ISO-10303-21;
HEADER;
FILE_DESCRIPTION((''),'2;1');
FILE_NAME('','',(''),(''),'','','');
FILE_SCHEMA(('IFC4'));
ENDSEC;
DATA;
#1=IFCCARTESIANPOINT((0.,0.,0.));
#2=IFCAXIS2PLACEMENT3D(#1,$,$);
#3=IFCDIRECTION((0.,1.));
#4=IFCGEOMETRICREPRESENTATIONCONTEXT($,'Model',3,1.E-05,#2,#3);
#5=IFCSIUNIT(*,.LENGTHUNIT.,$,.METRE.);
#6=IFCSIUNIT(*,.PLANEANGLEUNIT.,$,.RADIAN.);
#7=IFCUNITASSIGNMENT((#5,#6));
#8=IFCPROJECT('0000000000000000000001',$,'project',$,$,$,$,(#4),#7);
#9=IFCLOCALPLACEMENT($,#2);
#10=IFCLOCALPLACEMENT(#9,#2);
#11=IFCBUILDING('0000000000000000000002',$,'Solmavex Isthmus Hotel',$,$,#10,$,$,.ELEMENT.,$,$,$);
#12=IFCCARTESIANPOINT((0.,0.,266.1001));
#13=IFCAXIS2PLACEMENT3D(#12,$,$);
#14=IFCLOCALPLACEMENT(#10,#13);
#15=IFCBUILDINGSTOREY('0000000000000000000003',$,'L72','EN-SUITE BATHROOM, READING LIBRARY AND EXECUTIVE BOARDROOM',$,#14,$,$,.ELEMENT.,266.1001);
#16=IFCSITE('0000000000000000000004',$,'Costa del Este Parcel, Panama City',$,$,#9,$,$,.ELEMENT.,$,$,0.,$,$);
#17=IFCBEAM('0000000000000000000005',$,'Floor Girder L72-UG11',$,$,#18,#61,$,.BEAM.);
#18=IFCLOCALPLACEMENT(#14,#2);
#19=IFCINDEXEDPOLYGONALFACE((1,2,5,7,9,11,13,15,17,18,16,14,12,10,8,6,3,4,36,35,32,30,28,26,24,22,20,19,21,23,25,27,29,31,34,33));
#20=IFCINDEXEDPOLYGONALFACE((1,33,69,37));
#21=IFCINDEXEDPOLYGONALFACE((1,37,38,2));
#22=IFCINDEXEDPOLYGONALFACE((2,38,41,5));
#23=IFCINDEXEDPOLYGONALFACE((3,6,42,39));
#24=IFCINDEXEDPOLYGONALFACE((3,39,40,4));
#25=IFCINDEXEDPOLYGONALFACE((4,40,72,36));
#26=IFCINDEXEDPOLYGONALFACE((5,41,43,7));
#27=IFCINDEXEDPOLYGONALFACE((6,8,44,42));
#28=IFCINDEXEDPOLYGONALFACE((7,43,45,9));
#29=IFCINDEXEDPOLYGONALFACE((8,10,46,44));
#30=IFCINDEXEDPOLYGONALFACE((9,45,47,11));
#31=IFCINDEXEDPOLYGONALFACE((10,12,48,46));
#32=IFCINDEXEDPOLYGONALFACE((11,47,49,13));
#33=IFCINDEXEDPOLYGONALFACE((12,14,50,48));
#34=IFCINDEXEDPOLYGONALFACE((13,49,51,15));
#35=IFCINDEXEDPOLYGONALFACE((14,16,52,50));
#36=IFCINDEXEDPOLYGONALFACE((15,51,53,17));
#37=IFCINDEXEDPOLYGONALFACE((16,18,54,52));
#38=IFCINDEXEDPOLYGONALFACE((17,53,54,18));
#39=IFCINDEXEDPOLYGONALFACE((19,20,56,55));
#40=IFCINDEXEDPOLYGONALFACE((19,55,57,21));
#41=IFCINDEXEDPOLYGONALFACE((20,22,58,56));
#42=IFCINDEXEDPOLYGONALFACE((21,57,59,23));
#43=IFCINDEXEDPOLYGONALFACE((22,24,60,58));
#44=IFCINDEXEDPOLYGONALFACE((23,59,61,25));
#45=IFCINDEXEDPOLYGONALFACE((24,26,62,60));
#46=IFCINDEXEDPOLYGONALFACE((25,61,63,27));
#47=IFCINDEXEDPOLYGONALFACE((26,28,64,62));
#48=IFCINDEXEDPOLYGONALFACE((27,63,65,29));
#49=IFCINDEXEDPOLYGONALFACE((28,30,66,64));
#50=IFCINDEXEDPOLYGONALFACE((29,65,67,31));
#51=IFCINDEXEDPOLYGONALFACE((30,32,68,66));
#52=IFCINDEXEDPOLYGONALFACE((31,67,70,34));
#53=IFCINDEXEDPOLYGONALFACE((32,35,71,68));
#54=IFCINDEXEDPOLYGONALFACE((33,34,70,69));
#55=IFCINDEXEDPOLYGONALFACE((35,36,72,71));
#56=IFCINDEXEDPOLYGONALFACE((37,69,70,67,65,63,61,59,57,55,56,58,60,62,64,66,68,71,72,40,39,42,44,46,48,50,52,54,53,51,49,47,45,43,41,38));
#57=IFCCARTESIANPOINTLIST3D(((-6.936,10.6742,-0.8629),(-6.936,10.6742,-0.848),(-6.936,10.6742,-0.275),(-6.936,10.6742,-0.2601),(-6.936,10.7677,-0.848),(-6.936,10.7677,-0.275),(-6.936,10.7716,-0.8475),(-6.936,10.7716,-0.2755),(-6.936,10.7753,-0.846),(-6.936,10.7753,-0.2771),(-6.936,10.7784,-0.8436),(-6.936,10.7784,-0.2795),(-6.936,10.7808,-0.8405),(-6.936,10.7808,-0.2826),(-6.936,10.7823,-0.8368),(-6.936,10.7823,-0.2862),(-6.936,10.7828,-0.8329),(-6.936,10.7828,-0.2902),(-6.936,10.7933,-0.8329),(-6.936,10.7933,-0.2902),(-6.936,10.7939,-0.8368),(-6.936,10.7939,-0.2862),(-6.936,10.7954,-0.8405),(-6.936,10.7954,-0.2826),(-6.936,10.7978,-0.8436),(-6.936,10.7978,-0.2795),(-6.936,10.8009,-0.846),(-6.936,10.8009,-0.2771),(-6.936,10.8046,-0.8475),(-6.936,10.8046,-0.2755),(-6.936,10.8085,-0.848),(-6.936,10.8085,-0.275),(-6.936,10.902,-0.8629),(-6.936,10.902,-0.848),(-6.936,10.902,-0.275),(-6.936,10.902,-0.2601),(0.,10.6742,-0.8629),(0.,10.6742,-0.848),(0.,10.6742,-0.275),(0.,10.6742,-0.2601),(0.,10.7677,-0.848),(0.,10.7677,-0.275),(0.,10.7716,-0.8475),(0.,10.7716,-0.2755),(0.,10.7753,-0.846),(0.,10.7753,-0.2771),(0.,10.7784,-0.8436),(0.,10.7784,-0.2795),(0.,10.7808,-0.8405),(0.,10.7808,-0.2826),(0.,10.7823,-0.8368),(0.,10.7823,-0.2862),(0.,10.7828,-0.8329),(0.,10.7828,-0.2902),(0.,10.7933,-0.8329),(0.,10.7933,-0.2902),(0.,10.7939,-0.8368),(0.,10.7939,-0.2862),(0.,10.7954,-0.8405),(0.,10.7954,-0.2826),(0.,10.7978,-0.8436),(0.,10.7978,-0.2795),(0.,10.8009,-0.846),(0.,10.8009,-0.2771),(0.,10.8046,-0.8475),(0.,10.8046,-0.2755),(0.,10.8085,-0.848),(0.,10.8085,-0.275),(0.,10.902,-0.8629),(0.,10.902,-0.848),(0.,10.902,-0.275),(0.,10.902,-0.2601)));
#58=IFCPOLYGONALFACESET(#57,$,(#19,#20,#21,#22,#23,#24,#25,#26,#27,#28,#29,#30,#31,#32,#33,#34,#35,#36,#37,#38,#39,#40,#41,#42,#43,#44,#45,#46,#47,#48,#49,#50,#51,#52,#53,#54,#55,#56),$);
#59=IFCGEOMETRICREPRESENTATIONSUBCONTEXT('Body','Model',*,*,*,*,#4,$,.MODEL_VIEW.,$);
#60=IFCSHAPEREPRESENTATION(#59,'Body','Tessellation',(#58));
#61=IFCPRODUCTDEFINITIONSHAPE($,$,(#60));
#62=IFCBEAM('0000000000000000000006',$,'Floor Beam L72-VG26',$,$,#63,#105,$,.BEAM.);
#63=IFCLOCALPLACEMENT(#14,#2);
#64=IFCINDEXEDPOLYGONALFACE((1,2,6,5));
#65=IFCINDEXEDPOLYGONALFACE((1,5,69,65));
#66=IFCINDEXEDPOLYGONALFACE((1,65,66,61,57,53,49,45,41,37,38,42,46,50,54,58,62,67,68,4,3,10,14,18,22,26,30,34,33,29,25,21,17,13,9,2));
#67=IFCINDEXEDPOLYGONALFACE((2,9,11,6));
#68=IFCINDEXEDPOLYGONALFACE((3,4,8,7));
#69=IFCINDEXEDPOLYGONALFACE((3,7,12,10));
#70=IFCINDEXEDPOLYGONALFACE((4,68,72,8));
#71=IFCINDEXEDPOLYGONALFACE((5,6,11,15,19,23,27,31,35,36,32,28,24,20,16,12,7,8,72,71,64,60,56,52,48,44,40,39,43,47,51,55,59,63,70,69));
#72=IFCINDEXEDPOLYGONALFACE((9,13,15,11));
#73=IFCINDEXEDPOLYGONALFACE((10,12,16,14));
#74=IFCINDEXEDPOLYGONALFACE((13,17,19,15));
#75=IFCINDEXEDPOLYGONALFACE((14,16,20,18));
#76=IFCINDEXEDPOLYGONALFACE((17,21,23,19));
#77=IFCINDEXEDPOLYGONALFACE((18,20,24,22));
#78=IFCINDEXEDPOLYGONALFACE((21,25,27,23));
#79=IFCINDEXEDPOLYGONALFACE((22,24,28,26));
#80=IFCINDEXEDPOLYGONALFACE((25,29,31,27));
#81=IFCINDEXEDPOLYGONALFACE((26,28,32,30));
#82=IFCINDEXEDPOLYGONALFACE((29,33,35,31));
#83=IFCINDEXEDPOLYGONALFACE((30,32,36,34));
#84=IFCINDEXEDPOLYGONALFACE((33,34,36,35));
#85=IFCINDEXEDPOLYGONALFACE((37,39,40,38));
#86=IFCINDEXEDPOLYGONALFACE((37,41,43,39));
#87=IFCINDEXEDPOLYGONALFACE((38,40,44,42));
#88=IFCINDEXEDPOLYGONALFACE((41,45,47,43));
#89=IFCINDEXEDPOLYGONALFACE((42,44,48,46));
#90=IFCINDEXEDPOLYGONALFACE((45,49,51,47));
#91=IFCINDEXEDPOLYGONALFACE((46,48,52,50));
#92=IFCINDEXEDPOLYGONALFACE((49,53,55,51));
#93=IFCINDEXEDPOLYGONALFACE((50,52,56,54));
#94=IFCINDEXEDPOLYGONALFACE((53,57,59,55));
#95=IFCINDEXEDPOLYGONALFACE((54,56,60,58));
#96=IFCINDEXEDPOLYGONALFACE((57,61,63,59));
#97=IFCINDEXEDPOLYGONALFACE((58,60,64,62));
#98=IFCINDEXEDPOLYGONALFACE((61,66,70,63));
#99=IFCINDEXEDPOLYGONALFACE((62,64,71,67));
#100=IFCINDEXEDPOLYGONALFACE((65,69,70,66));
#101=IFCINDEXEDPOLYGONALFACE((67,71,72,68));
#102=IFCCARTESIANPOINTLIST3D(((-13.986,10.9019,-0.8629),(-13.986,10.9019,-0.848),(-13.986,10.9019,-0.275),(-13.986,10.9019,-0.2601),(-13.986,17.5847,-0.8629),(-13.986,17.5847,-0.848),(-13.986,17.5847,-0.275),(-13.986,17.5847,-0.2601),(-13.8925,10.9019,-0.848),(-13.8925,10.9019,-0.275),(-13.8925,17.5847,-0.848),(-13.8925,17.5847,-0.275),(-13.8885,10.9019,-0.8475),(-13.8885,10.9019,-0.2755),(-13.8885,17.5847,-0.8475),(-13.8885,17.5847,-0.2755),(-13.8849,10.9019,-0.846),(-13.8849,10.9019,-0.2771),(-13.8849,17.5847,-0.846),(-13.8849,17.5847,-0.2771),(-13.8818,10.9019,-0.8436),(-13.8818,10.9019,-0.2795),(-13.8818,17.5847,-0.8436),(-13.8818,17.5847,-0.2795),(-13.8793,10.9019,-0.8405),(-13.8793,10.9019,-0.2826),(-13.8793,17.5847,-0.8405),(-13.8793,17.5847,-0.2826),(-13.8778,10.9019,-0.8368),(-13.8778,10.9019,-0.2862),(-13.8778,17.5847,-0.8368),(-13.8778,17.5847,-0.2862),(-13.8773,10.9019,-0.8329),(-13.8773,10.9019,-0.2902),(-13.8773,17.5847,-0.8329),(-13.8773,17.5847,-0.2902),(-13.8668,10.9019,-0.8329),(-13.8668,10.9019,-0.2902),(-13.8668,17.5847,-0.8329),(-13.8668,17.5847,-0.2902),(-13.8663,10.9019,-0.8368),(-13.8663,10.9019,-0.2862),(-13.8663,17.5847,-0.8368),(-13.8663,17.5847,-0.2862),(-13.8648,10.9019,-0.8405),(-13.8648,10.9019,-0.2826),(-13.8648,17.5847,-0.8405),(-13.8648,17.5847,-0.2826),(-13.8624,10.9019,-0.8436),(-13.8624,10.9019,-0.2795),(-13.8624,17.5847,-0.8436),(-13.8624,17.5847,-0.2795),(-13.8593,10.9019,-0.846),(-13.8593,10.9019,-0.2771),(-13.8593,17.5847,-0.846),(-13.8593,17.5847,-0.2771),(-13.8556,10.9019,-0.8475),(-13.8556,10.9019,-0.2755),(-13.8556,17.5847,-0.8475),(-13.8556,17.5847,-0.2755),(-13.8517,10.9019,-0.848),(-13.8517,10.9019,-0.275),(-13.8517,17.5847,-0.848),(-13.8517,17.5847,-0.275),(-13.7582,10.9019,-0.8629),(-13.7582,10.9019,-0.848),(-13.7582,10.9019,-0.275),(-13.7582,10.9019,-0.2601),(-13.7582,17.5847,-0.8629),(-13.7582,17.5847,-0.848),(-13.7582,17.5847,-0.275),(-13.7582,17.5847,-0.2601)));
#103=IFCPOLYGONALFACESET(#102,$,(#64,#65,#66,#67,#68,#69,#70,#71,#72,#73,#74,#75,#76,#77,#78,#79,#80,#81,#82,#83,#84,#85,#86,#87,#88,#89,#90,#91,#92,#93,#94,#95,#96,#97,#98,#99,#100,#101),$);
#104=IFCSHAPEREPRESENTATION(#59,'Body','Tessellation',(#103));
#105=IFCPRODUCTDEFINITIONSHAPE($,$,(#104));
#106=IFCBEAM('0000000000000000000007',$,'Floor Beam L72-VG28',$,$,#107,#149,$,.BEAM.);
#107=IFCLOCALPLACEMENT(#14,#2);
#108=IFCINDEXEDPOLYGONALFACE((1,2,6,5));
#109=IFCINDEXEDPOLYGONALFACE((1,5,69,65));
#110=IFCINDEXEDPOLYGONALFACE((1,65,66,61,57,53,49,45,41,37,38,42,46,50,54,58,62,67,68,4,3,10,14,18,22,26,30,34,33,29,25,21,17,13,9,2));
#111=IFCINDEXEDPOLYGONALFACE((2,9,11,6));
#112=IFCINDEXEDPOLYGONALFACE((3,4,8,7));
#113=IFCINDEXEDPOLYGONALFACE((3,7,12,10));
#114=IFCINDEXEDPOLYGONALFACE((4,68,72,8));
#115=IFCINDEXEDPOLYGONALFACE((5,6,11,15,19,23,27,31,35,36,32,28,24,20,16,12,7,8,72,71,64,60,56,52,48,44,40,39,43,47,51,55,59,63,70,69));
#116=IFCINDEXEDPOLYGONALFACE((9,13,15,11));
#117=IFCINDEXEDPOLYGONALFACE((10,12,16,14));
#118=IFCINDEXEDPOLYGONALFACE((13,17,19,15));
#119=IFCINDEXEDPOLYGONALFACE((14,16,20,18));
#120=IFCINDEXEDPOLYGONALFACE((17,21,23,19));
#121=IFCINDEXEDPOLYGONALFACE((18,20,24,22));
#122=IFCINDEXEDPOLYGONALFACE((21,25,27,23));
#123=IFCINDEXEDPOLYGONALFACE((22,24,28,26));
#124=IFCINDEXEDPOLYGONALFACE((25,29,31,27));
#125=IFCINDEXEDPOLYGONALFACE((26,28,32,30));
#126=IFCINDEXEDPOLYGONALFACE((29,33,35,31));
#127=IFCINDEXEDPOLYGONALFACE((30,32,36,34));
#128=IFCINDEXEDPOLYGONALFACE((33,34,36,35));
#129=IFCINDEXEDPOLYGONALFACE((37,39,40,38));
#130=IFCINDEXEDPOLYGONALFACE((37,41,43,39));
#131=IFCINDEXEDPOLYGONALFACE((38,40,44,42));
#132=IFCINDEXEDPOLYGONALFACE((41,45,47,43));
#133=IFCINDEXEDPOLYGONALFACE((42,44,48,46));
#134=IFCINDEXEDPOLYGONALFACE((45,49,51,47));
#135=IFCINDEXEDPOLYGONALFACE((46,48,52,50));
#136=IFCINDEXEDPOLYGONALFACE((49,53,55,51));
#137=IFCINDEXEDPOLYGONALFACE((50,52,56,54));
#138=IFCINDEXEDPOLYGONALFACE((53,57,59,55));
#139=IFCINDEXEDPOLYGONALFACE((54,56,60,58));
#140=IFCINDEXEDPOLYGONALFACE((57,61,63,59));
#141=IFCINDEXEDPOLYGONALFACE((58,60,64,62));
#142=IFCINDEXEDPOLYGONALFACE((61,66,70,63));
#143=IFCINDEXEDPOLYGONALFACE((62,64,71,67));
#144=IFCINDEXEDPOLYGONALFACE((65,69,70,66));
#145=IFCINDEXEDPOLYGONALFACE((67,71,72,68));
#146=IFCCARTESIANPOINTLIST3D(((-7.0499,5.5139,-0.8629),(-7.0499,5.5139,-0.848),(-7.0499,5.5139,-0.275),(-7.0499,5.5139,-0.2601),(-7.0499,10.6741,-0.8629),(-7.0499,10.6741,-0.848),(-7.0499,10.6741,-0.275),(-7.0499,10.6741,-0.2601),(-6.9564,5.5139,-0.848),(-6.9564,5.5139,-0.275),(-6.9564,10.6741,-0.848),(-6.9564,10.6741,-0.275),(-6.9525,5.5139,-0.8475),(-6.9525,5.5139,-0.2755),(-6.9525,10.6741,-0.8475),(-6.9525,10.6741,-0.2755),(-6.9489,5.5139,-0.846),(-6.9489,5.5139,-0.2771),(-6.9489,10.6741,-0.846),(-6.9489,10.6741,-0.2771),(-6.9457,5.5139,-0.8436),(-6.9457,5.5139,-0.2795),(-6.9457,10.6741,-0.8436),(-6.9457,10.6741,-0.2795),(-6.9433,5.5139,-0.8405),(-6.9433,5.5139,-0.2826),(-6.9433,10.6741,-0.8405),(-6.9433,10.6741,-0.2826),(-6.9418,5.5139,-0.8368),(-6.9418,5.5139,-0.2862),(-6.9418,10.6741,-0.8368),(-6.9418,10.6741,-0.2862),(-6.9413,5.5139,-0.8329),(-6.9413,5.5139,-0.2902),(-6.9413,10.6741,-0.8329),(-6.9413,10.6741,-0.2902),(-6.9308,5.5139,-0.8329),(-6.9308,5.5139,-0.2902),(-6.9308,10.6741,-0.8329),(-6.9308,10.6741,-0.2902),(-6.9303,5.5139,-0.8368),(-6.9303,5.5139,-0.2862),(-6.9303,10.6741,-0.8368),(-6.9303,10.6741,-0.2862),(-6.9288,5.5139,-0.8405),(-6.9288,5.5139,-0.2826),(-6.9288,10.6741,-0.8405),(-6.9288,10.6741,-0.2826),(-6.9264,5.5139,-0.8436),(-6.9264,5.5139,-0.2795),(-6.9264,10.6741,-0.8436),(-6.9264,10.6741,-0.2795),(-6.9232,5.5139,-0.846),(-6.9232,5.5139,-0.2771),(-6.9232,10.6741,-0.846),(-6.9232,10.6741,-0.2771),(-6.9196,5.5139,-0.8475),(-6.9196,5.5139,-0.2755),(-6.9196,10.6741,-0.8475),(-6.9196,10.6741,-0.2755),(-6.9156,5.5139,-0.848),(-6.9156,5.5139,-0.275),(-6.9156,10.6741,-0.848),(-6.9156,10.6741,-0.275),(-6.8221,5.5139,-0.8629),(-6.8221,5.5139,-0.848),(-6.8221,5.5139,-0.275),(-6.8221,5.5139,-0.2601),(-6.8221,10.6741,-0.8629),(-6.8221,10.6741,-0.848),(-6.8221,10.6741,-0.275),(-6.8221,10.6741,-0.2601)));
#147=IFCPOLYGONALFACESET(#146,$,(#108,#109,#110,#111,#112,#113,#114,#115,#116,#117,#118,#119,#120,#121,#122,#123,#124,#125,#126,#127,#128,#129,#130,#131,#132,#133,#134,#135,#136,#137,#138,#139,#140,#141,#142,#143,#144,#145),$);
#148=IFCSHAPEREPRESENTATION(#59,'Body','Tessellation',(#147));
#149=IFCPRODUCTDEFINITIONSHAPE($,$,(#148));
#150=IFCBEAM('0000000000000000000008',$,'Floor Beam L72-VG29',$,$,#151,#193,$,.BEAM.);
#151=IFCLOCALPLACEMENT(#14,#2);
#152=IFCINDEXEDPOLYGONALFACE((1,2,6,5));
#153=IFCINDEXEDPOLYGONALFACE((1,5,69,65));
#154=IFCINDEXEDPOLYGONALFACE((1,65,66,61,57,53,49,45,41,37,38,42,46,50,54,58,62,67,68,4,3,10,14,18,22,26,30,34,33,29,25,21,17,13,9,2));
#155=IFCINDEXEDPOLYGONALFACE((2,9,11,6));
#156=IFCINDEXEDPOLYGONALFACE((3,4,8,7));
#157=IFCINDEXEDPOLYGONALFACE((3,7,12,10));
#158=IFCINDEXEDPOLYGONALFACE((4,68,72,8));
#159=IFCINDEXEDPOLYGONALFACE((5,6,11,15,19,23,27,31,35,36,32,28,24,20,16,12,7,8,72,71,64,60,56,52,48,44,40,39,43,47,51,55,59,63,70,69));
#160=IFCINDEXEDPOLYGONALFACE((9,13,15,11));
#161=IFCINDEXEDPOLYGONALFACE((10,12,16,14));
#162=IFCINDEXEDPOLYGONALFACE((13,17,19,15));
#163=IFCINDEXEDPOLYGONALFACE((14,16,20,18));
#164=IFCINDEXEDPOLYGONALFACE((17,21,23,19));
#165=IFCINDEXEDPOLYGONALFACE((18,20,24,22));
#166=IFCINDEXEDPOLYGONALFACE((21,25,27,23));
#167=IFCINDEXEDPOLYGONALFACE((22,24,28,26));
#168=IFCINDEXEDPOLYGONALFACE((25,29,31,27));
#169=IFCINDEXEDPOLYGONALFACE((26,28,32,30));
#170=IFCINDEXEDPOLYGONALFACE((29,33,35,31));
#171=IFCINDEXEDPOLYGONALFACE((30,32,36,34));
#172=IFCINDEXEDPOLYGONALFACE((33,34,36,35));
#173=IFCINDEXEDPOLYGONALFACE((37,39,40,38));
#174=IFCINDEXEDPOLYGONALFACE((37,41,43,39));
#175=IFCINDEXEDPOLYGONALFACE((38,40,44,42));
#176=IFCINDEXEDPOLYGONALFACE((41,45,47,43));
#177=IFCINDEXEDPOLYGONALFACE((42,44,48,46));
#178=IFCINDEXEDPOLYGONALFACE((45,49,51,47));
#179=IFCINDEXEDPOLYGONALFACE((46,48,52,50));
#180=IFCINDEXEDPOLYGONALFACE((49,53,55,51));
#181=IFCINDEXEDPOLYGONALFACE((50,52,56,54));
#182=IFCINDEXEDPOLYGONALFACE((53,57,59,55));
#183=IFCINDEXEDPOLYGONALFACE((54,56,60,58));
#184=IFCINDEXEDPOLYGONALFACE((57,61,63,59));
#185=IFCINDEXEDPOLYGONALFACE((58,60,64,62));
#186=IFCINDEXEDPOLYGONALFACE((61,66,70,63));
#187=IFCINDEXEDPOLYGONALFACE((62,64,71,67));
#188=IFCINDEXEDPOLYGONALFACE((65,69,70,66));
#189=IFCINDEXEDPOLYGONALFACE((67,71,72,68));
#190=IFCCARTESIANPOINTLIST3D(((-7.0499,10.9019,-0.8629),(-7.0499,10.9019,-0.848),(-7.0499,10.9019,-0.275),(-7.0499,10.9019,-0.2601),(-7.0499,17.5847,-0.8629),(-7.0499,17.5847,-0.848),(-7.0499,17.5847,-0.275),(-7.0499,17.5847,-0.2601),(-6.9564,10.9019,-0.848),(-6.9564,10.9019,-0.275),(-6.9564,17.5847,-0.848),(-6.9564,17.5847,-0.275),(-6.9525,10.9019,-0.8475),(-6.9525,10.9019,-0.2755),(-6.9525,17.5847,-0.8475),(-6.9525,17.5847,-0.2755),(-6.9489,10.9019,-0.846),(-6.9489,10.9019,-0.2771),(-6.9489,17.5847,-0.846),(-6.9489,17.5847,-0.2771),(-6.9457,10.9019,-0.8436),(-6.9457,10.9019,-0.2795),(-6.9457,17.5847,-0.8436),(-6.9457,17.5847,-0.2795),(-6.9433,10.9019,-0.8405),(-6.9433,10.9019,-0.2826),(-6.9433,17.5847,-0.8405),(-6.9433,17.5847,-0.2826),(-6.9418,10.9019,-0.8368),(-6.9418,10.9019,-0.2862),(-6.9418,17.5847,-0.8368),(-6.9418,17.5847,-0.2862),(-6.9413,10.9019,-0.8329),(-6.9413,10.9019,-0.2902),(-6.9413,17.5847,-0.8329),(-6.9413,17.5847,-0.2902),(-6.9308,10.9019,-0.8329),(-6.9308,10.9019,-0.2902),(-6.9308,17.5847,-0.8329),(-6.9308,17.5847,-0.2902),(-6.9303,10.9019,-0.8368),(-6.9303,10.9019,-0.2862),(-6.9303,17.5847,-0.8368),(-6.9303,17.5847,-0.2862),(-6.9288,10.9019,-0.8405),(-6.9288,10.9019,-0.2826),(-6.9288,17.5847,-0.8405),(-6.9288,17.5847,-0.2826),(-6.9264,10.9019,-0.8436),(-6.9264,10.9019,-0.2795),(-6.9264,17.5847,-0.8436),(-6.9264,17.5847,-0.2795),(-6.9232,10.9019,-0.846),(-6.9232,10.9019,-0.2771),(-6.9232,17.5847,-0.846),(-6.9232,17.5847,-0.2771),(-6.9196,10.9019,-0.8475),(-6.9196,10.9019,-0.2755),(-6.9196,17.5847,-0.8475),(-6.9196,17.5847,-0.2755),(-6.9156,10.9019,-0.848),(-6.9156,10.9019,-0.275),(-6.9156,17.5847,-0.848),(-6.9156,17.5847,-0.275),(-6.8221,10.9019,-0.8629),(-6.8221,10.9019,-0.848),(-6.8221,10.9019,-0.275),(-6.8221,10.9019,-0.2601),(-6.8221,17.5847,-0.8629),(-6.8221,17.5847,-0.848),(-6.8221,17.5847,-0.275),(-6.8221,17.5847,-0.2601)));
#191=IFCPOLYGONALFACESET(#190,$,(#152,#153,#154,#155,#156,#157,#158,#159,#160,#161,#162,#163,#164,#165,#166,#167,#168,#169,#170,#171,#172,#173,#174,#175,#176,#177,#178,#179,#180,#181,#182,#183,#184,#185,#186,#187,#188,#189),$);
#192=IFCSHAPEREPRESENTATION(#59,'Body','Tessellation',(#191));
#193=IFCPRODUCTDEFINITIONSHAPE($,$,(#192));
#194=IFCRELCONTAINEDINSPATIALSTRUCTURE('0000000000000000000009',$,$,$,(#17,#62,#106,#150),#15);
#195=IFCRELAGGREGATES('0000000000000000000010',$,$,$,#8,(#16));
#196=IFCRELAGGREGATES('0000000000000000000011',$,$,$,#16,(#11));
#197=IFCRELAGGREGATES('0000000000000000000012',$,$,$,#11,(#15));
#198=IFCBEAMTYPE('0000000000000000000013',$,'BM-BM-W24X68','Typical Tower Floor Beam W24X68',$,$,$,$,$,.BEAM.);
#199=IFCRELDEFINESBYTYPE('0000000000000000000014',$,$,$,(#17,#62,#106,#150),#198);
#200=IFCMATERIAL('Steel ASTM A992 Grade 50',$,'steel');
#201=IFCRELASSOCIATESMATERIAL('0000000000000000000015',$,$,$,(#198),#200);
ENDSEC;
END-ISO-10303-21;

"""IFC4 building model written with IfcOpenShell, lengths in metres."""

from ifc_helpers import new_model, si_unit, direction, frame, origin, origin_2d, place, context, subcontext, project, spatial, i_section, extrude, material, material_profile, profile_set, type_object, element, save


model = new_model("IFC4")

# Units and contexts
model_context = context("Model", 3, precision=1e-05, world=origin(), true_north=direction((0.0, 1.0)))
body_context = subcontext(model_context, "Body", "Model", "MODEL_VIEW")
ifc_project = project(units=[si_unit("LENGTHUNIT", "METRE"), si_unit("PLANEANGLEUNIT", "RADIAN")], contexts=[model_context])

# Site, building, storey
site_placement = place(None, origin())
site = spatial("IfcSite", under=ifc_project, at=site_placement, Name="Costa del Este Parcel, Panama City", CompositionType="ELEMENT", RefElevation=0.0)
building_placement = place(site_placement, origin())
building = spatial("IfcBuilding", under=site, at=building_placement, Name="Solmavex Isthmus Hotel", CompositionType="ELEMENT")
storey_placement = place(building_placement, frame((0.0, 0.0, 266.1001)))
storey = spatial("IfcBuildingStorey", under=building, at=storey_placement, Name="L72", Description="EN-SUITE BATHROOM, READING LIBRARY AND EXECUTIVE BOARDROOM", CompositionType="ELEMENT", Elevation=266.1001)

# Beams
ifc_material_1 = material(Name="Steel ASTM A992 Grade 50", Category="steel")
ifc_material_profile_1 = material_profile(ifc_material_1, i_section(OverallWidth=0.2278, OverallDepth=0.6028, WebThickness=0.0105, FlangeThickness=0.0149, FilletRadius=0.0151, at=origin_2d()), Name="W24X68")
ifc_profile_set_1 = profile_set([ifc_material_profile_1], Name="Steel ASTM A992 Grade 50")
beam_type_1 = type_object("IfcBeamType", Name="BM-BM-W24X68", Description="Typical Tower Floor Beam W24X68", PredefinedType="BEAM", material=ifc_profile_set_1)
beam_1_placement = place(storey_placement, frame((-6.936, 10.7881, -0.5615), z_axis=(1.0, 0.0, 0.0), x_axis=(0.0, 1.0, 0.0)))
element("IfcBeam", 1, at=beam_1_placement, inside=storey, type_object=beam_type_1, Name="Floor Girder L72-UG11", PredefinedType="BEAM", context=body_context, shape_type="SweptSolid", body=[
    extrude(i_section(OverallWidth=0.2278, OverallDepth=0.6028, WebThickness=0.0105, FlangeThickness=0.0149, FilletRadius=0.0151, at=origin_2d()), origin(), (0.0, 0.0, 1.0), 6.936),
])
beam_2_placement = place(storey_placement, frame((-13.8721, 10.9019, -0.5615), z_axis=(0.0, 1.0, 0.0), x_axis=(-1.0, 0.0, 0.0)))
element("IfcBeam", 2, at=beam_2_placement, inside=storey, type_object=beam_type_1, Name="Floor Beam L72-VG26", PredefinedType="BEAM", context=body_context, shape_type="SweptSolid", body=[
    extrude(i_section(OverallWidth=0.2278, OverallDepth=0.6028, WebThickness=0.0105, FlangeThickness=0.0149, FilletRadius=0.0151, at=origin_2d()), origin(), (0.0, 0.0, 1.0), 6.6829),
])
beam_3_placement = place(storey_placement, frame((-6.936, 5.5139, -0.5615), z_axis=(0.0, 1.0, 0.0), x_axis=(-1.0, 0.0, 0.0)))
element("IfcBeam", 3, at=beam_3_placement, inside=storey, type_object=beam_type_1, Name="Floor Beam L72-VG28", PredefinedType="BEAM", context=body_context, shape_type="SweptSolid", body=[
    extrude(i_section(OverallWidth=0.2278, OverallDepth=0.6028, WebThickness=0.0105, FlangeThickness=0.0149, FilletRadius=0.0151, at=origin_2d()), origin(), (0.0, 0.0, 1.0), 5.1602),
])
beam_4_placement = place(storey_placement, frame((-6.936, 10.9019, -0.5615), z_axis=(0.0, 1.0, 0.0), x_axis=(-1.0, 0.0, 0.0)))
element("IfcBeam", 4, at=beam_4_placement, inside=storey, type_object=beam_type_1, Name="Floor Beam L72-VG29", PredefinedType="BEAM", context=body_context, shape_type="SweptSolid", body=[
    extrude(i_section(OverallWidth=0.2278, OverallDepth=0.6028, WebThickness=0.0105, FlangeThickness=0.0149, FilletRadius=0.0151, at=origin_2d()), origin(), (0.0, 0.0, 1.0), 6.6829),
])

save(model, "model.ifc")
